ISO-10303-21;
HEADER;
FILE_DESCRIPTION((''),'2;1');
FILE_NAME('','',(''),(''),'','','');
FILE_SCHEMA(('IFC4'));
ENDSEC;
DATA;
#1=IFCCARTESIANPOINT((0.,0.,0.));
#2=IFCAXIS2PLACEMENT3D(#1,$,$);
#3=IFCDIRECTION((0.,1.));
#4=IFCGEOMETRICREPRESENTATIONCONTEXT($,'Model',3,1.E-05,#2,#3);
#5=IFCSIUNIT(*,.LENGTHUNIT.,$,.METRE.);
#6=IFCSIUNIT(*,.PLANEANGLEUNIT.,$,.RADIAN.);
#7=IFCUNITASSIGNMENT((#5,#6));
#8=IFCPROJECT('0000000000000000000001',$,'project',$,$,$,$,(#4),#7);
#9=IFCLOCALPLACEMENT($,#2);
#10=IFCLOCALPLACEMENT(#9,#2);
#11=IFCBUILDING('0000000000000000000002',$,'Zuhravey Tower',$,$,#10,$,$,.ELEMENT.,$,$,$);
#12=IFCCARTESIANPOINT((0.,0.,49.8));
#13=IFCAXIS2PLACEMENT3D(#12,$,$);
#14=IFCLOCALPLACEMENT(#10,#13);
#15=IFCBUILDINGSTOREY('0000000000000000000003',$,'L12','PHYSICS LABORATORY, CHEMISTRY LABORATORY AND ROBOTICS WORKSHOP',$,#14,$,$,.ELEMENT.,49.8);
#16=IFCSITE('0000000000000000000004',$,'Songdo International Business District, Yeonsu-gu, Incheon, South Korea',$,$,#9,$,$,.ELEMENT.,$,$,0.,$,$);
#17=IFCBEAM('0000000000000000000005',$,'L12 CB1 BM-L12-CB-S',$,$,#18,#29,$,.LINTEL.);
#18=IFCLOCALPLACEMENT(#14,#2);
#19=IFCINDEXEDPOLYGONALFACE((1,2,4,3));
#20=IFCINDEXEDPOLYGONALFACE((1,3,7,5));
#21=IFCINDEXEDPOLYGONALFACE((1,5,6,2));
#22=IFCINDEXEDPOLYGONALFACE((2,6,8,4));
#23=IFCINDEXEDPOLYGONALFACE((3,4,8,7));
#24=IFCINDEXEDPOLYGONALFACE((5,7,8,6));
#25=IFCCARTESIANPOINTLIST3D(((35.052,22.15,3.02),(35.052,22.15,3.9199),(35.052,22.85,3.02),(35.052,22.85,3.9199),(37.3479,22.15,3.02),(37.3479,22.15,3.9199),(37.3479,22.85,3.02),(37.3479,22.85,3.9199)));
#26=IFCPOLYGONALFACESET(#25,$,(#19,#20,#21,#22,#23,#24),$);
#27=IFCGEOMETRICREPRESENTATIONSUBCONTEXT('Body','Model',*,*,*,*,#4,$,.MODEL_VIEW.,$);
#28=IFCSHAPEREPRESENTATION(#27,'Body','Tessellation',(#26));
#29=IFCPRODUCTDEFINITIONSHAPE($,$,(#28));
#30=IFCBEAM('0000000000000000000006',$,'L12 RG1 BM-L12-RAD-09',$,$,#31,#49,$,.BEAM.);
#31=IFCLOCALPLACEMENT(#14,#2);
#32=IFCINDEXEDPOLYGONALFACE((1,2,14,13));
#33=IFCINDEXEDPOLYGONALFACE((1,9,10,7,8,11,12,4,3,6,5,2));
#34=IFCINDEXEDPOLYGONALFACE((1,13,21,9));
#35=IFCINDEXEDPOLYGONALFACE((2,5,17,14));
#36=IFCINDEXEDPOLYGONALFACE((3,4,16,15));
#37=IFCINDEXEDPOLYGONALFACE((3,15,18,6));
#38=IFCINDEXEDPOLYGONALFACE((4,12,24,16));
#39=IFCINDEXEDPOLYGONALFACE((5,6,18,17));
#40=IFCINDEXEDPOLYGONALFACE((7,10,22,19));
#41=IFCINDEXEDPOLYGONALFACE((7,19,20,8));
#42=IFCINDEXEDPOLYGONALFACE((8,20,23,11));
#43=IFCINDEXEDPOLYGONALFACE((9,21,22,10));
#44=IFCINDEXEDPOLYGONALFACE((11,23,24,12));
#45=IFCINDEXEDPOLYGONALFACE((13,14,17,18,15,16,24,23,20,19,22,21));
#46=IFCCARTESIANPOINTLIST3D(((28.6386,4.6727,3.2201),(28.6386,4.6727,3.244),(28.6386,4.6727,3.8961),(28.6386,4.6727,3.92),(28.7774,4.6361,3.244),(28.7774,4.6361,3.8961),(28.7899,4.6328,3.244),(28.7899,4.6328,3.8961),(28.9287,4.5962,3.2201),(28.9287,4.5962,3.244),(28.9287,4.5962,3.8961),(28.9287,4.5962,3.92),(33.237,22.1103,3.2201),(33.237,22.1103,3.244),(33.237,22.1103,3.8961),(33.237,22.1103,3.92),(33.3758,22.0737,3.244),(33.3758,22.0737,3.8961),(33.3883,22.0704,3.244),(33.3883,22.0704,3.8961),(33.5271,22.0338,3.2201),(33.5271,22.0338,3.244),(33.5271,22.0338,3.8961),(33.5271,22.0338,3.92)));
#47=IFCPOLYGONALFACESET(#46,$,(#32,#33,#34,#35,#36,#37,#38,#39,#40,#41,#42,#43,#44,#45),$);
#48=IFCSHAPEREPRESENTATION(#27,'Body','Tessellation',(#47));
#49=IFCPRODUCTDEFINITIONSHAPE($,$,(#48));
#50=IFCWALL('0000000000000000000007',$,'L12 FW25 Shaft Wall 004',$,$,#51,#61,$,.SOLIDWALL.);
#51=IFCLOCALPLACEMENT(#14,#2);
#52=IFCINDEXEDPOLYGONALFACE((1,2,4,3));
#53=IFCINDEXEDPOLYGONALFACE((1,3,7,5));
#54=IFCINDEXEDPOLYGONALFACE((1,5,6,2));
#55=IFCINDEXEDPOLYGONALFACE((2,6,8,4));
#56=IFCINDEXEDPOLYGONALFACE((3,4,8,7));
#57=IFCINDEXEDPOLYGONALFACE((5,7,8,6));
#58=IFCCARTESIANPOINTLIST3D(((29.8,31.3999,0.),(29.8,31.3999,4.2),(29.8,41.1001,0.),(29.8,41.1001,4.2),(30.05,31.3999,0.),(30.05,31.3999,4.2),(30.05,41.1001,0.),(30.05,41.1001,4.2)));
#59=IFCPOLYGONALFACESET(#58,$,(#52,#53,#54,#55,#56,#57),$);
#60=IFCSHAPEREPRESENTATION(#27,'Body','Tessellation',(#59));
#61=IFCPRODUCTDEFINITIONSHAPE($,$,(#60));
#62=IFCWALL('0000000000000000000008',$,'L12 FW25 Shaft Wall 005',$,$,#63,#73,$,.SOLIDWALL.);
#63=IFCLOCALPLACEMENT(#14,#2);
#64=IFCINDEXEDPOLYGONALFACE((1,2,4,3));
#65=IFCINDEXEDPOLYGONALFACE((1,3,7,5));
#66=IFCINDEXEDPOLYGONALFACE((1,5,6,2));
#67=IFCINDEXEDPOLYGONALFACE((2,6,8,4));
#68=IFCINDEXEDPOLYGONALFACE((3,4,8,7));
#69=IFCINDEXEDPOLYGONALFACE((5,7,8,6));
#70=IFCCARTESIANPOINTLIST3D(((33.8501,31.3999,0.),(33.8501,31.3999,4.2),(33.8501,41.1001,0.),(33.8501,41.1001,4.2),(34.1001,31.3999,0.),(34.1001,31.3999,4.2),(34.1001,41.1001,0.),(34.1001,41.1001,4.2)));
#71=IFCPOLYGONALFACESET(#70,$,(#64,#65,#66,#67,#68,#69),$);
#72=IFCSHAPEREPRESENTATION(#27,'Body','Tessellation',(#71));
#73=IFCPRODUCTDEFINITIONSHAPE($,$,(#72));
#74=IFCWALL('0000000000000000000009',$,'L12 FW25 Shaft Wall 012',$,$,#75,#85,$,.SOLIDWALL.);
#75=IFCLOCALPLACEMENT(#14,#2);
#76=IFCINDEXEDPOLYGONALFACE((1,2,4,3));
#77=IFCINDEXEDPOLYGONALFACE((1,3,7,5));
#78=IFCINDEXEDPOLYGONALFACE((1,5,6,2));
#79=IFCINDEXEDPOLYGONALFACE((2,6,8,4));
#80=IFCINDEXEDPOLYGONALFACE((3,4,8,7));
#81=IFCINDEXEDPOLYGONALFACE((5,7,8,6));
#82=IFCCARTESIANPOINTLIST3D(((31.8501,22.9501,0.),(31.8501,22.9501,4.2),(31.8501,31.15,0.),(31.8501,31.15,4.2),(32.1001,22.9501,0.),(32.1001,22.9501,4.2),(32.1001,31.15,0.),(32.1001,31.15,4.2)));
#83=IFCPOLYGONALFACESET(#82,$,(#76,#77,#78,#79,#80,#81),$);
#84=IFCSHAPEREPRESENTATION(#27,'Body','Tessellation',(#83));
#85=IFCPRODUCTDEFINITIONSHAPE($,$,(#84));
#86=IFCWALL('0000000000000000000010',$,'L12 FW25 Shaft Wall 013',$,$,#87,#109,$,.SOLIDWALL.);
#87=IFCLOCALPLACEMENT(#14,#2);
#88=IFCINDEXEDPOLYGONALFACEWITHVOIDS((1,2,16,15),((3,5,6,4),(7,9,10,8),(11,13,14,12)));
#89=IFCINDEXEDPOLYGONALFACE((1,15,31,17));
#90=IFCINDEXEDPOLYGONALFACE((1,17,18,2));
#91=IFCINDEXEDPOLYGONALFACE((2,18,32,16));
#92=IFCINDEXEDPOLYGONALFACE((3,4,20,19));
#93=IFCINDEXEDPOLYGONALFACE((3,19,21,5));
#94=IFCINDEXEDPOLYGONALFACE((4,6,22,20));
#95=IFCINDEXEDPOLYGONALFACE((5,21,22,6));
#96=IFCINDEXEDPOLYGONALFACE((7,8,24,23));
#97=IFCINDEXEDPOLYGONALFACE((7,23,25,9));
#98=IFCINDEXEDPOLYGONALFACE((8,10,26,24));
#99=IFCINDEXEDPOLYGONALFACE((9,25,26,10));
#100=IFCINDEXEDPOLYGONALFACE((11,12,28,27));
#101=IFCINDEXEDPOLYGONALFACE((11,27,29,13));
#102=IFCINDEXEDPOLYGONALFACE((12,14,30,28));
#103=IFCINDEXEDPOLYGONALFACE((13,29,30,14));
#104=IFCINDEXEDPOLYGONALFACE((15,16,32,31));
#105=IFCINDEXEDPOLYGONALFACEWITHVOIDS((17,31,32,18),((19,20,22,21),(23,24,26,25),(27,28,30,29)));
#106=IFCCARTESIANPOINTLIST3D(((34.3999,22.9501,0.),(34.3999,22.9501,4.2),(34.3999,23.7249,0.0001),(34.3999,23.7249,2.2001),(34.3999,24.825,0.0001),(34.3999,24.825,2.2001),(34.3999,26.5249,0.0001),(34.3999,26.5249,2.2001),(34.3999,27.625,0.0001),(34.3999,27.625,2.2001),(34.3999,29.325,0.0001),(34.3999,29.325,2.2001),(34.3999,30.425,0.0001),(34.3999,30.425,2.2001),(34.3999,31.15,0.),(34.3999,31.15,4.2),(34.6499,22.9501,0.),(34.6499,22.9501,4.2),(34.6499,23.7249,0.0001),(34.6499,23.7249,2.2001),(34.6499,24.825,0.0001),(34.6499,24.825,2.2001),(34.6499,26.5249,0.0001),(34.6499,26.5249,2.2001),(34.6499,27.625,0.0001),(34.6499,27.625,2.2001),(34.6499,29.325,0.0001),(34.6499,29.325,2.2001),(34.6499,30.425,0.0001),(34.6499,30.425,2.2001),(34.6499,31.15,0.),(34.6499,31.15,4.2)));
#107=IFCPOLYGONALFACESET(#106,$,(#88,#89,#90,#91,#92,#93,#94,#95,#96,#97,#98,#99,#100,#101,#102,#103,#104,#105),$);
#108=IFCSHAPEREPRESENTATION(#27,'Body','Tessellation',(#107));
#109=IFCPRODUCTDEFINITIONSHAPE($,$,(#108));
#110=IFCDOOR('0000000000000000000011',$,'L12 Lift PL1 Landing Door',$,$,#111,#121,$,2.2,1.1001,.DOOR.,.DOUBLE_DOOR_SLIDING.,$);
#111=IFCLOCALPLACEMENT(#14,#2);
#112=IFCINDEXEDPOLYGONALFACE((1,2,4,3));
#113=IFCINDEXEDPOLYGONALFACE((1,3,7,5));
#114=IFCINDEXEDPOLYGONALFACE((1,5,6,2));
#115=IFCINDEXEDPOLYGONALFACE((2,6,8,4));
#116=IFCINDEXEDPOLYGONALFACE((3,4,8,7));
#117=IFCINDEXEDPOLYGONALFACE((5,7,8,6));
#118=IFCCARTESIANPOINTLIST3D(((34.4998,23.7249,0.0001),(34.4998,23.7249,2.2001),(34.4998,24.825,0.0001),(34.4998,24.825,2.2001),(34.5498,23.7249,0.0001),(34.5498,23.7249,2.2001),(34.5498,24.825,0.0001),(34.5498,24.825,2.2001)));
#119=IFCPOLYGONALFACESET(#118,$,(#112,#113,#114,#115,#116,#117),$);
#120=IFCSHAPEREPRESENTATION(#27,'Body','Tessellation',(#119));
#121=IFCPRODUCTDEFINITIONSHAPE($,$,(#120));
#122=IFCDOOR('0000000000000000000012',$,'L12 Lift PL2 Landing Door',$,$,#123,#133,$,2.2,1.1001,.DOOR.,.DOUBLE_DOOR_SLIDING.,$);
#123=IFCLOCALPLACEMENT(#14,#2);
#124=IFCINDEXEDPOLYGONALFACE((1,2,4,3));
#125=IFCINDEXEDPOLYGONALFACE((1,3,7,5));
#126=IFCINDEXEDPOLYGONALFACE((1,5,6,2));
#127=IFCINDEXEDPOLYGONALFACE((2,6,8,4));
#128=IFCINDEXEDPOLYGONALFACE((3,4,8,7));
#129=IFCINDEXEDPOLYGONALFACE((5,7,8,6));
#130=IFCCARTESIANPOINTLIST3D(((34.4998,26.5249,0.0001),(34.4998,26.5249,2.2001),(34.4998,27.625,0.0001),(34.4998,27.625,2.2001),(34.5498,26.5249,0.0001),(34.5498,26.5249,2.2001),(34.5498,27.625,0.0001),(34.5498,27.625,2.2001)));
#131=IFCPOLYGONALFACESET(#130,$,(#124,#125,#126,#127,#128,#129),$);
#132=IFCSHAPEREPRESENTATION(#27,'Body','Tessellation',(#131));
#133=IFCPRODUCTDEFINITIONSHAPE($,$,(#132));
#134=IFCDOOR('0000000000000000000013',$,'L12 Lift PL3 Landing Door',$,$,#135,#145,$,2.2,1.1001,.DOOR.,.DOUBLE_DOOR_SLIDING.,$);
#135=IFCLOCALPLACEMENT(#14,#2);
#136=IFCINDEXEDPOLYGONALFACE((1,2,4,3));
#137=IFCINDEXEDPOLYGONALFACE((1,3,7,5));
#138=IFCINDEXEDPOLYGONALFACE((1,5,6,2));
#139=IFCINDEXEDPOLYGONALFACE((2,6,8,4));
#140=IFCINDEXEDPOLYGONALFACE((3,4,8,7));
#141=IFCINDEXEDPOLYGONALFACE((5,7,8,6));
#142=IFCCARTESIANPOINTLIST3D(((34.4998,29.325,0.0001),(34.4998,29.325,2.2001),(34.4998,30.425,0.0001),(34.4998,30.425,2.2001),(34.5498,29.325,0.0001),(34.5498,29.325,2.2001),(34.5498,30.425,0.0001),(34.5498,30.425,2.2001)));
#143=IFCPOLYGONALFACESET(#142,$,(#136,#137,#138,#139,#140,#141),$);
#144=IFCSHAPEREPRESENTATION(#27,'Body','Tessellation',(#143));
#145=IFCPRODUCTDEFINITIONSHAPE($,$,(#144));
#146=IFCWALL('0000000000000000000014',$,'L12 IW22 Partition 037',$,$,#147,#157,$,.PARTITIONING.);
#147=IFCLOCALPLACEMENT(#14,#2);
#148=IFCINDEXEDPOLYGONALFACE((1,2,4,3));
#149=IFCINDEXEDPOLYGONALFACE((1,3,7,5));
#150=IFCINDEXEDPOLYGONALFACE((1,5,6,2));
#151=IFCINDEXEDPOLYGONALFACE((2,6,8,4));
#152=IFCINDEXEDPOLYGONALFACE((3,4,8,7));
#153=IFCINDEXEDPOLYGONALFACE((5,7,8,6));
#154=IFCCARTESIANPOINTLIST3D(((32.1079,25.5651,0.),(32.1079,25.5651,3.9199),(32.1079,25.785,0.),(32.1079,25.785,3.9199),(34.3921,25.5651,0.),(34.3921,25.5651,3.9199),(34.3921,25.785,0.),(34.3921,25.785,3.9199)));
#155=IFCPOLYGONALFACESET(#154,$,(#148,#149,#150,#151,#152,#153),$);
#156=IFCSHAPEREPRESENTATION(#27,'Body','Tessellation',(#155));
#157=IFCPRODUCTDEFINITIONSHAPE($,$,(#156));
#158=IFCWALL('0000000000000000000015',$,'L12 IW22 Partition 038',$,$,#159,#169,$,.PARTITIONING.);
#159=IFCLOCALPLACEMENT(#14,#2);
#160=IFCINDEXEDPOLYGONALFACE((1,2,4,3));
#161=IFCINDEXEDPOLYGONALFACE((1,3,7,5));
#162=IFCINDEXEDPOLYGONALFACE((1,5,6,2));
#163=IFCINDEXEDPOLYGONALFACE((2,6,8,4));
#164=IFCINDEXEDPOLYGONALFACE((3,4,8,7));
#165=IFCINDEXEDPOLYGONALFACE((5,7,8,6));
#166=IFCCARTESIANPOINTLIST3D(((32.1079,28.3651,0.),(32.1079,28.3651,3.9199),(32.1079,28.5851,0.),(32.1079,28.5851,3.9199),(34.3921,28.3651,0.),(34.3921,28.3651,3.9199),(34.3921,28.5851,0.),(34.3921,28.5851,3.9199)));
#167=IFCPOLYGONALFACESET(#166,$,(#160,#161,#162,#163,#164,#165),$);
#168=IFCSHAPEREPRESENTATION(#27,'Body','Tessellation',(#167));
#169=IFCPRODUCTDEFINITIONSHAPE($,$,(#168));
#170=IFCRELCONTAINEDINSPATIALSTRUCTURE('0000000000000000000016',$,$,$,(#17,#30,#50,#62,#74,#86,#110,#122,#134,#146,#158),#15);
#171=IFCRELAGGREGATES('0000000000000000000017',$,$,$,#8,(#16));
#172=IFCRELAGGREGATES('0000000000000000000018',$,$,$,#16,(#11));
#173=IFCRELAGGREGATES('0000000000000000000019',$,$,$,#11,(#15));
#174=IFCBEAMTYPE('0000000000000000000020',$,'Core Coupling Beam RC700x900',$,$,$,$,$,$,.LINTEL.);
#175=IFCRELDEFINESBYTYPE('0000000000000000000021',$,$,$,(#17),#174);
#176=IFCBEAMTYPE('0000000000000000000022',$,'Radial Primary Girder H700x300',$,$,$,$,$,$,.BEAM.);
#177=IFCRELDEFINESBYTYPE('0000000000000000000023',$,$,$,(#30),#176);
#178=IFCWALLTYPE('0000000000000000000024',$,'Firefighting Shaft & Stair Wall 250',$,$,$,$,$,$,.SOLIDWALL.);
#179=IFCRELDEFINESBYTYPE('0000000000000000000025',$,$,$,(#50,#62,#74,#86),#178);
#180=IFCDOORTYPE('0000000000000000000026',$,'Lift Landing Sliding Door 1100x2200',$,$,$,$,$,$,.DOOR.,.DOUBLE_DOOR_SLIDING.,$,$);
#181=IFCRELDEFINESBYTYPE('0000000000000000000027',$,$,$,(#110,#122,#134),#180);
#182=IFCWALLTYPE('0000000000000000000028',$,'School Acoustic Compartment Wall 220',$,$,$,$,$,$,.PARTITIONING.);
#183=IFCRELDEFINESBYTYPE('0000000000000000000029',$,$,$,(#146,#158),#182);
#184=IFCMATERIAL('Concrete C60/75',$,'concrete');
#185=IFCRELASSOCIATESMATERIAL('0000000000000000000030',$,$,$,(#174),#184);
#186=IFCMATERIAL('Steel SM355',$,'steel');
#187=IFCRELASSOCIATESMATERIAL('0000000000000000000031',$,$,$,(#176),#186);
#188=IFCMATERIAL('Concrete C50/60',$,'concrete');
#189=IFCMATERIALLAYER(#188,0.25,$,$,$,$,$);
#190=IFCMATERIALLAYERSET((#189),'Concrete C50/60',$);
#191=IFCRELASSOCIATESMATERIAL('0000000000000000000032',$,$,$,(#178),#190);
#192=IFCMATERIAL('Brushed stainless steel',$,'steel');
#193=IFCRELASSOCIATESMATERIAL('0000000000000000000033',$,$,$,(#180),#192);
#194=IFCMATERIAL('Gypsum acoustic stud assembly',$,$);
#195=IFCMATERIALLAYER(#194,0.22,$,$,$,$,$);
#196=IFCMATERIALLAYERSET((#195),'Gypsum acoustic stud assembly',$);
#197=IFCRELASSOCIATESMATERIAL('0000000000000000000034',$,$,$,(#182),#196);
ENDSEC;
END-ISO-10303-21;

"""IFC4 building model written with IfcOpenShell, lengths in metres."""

from ifc_helpers import new_model, si_unit, direction, frame, frame_2d, origin, origin_2d, place, context, subcontext, project, spatial, rectangle, i_section, extrude, material, layer, layer_set, material_profile, profile_set, type_object, element, fill, save


model = new_model("IFC4")

# Units and contexts
model_context = context("Model", 3, precision=1e-05, world=origin(), true_north=direction((0.0, 1.0)))
body_context = subcontext(model_context, "Body", "Model", "MODEL_VIEW")
ifc_project = project(units=[si_unit("LENGTHUNIT", "METRE"), si_unit("PLANEANGLEUNIT", "RADIAN")], contexts=[model_context])

# Site, building, storey
site_placement = place(None, origin())
site = spatial("IfcSite", under=ifc_project, at=site_placement, Name="Songdo International Business District, Yeonsu-gu, Incheon, South Korea", CompositionType="ELEMENT", RefElevation=0.0)
building_placement = place(site_placement, origin())
building = spatial("IfcBuilding", under=site, at=building_placement, Name="Zuhravey Tower", CompositionType="ELEMENT")
storey_placement = place(building_placement, frame((0.0, 0.0, 49.8)))
storey = spatial("IfcBuildingStorey", under=building, at=storey_placement, Name="L12", Description="PHYSICS LABORATORY, CHEMISTRY LABORATORY AND ROBOTICS WORKSHOP", CompositionType="ELEMENT", Elevation=49.8)

# Beams
ifc_material_1 = material(Name="Concrete C60/75", Category="concrete")
ifc_material_profile_1 = material_profile(ifc_material_1, rectangle(XDim=0.7, YDim=0.8999, at=origin_2d()), Name="RC-700x900")
ifc_profile_set_1 = profile_set([ifc_material_profile_1], Name="Concrete C60/75")
beam_type_1 = type_object("IfcBeamType", Name="Core Coupling Beam RC700x900", PredefinedType="LINTEL", material=ifc_profile_set_1)
beam_1_placement = place(storey_placement, frame((35.052, 22.5, 3.47), z_axis=(1.0, 0.0, 0.0), x_axis=(0.0, 1.0, 0.0)))
element("IfcBeam", 1, at=beam_1_placement, inside=storey, type_object=beam_type_1, Name="L12 CB1 BM-L12-CB-S", PredefinedType="LINTEL", context=body_context, shape_type="SweptSolid", body=[
    extrude(rectangle(XDim=0.7, YDim=0.8999, at=origin_2d()), origin(), (0.0, 0.0, 1.0), 2.2959),
])
ifc_material_2 = material(Name="Steel SM355", Category="steel")
ifc_material_profile_2 = material_profile(ifc_material_2, i_section(OverallWidth=0.3, OverallDepth=0.7, WebThickness=0.0129, FlangeThickness=0.0239, at=origin_2d()), Name="H-700x300x13x24")
ifc_profile_set_2 = profile_set([ifc_material_profile_2], Name="Steel SM355")
beam_type_2 = type_object("IfcBeamType", Name="Radial Primary Girder H700x300", PredefinedType="BEAM", material=ifc_profile_set_2)
beam_2_placement = place(storey_placement, frame((33.3821, 22.072, 3.5701), z_axis=(-0.25499, -0.966944, 0.0), x_axis=(0.966944, -0.25499, 0.0)))
element("IfcBeam", 2, at=beam_2_placement, inside=storey, type_object=beam_type_2, Name="L12 RG1 BM-L12-RAD-09", PredefinedType="BEAM", context=body_context, shape_type="SweptSolid", body=[
    extrude(i_section(OverallWidth=0.3, OverallDepth=0.7, WebThickness=0.0129, FlangeThickness=0.0239, at=origin_2d()), origin(), (0.0, 0.0, 1.0), 18.0337),
])

# Shared definitions
ifc_material_3 = material(Name="Concrete C50/60", Category="concrete")
ifc_layer_1 = layer(ifc_material_3, 0.25)
ifc_layer_set_1 = layer_set([ifc_layer_1], Name="Concrete C50/60")
wall_type_1 = type_object("IfcWallType", Name="Firefighting Shaft & Stair Wall 250", PredefinedType="SOLIDWALL", material=ifc_layer_set_1)

# Walls
for number, where, z_axis, x_axis, name in (
    (3, (29.925, 31.3999, 0.0), (0.0, 0.0, 1.0), (0.0, 1.0, 0.0), "L12 FW25 Shaft Wall 004"),
    (4, (33.9751, 31.3999, 0.0), (0.0, 0.0, 1.0), (0.0, 1.0, 0.0), "L12 FW25 Shaft Wall 005"),
):
    element("IfcWall", number, at=place(storey_placement, frame(where, z_axis=z_axis, x_axis=x_axis)), inside=storey, type_object=wall_type_1, Name=name, PredefinedType="SOLIDWALL", context=body_context, shape_type="SweptSolid", body=[
        extrude(rectangle(XDim=9.7002, YDim=0.25, at=frame_2d((4.8501, 0.0))), origin(), (0.0, 0.0, 1.0), 4.2),
    ])
wall_1_placement = place(storey_placement, frame((31.9751, 22.95, 0.0), z_axis=(0.0, 0.0, 1.0), x_axis=(0.0, 1.0, 0.0)))
element("IfcWall", 5, at=wall_1_placement, inside=storey, type_object=wall_type_1, Name="L12 FW25 Shaft Wall 012", PredefinedType="SOLIDWALL", context=body_context, shape_type="SweptSolid", body=[
    extrude(rectangle(XDim=8.2, YDim=0.25, at=frame_2d((4.1001, 0.0))), origin(), (0.0, 0.0, 1.0), 4.2),
])

# Wall, openings, doors
wall_2_placement = place(storey_placement, frame((34.5249, 22.95, 0.0), z_axis=(0.0, 0.0, 1.0), x_axis=(0.0, 1.0, 0.0)))
wall_2 = element("IfcWall", 6, at=wall_2_placement, inside=storey, type_object=wall_type_1, Name="L12 FW25 Shaft Wall 013", PredefinedType="SOLIDWALL", context=body_context, shape_type="SweptSolid", body=[
    extrude(rectangle(XDim=8.2, YDim=0.25, at=frame_2d((4.1001, 0.0))), origin(), (0.0, 0.0, 1.0), 4.2),
])
opening_1_placement = place(wall_2_placement, frame((0.7749, 0.0, 0.0)))
opening_1 = element("IfcOpeningElement", 7, at=opening_1_placement, cuts=wall_2, PredefinedType="OPENING", context=body_context, shape_type="SweptSolid", body=[
    extrude(rectangle(XDim=1.1001, YDim=2.2, at=frame_2d((0.55, 1.1001))), frame((0.0, 0.137, 0.0), z_axis=(0.0, -1.0, 0.0), x_axis=(1.0, 0.0, 0.0)), (0.0, 0.0, 1.0), 0.2739),
])
opening_2_placement = place(wall_2_placement, frame((3.575, 0.0, 0.0)))
opening_2 = element("IfcOpeningElement", 8, at=opening_2_placement, cuts=wall_2, PredefinedType="OPENING", context=body_context, shape_type="SweptSolid", body=[
    extrude(rectangle(XDim=1.1001, YDim=2.2, at=frame_2d((0.55, 1.1001))), frame((0.0, 0.137, 0.0), z_axis=(0.0, -1.0, 0.0), x_axis=(1.0, 0.0, 0.0)), (0.0, 0.0, 1.0), 0.2739),
])
opening_3_placement = place(wall_2_placement, frame((6.375, 0.0, 0.0)))
opening_3 = element("IfcOpeningElement", 9, at=opening_3_placement, cuts=wall_2, PredefinedType="OPENING", context=body_context, shape_type="SweptSolid", body=[
    extrude(rectangle(XDim=1.1001, YDim=2.2, at=frame_2d((0.55, 1.1001))), frame((0.0, 0.137, 0.0), z_axis=(0.0, -1.0, 0.0), x_axis=(1.0, 0.0, 0.0)), (0.0, 0.0, 1.0), 0.2739),
])
ifc_material_4 = material(Name="Brushed stainless steel", Category="steel")
door_type_1 = type_object("IfcDoorType", Name="Lift Landing Sliding Door 1100x2200", OperationType="DOUBLE_DOOR_SLIDING", PredefinedType="DOOR", material=ifc_material_4)
door_1_placement = place(opening_1_placement, frame((1.1001, 0.0, 0.0), z_axis=(0.0, 0.0, 1.0), x_axis=(-1.0, 0.0, 0.0)))
door_1 = element("IfcDoor", 10, at=door_1_placement, inside=storey, type_object=door_type_1, Name="L12 Lift PL1 Landing Door", OperationType="DOUBLE_DOOR_SLIDING", OverallHeight=2.2, OverallWidth=1.1001, PredefinedType="DOOR", context=body_context, shape_type="SweptSolid", body=[
    extrude(rectangle(XDim=1.1001, YDim=2.2, at=frame_2d((0.55, 1.1001))), frame((0.0, 0.0249, 0.0), z_axis=(0.0, -1.0, 0.0), x_axis=(1.0, 0.0, 0.0)), (0.0, 0.0, 1.0), 0.05),
])
fill(opening_1, door_1)
door_2_placement = place(opening_2_placement, frame((1.1001, 0.0, 0.0), z_axis=(0.0, 0.0, 1.0), x_axis=(-1.0, 0.0, 0.0)))
door_2 = element("IfcDoor", 11, at=door_2_placement, inside=storey, type_object=door_type_1, Name="L12 Lift PL2 Landing Door", OperationType="DOUBLE_DOOR_SLIDING", OverallHeight=2.2, OverallWidth=1.1001, PredefinedType="DOOR", context=body_context, shape_type="SweptSolid", body=[
    extrude(rectangle(XDim=1.1001, YDim=2.2, at=frame_2d((0.55, 1.1001))), frame((0.0, 0.0249, 0.0), z_axis=(0.0, -1.0, 0.0), x_axis=(1.0, 0.0, 0.0)), (0.0, 0.0, 1.0), 0.05),
])
fill(opening_2, door_2)
door_3_placement = place(opening_3_placement, frame((1.1001, 0.0, 0.0), z_axis=(0.0, 0.0, 1.0), x_axis=(-1.0, 0.0, 0.0)))
door_3 = element("IfcDoor", 12, at=door_3_placement, inside=storey, type_object=door_type_1, Name="L12 Lift PL3 Landing Door", OperationType="DOUBLE_DOOR_SLIDING", OverallHeight=2.2, OverallWidth=1.1001, PredefinedType="DOOR", context=body_context, shape_type="SweptSolid", body=[
    extrude(rectangle(XDim=1.1001, YDim=2.2, at=frame_2d((0.55, 1.1001))), frame((0.0, 0.0249, 0.0), z_axis=(0.0, -1.0, 0.0), x_axis=(1.0, 0.0, 0.0)), (0.0, 0.0, 1.0), 0.05),
])
fill(opening_3, door_3)

# Walls
ifc_material_5 = material(Name="Gypsum acoustic stud assembly")
ifc_layer_2 = layer(ifc_material_5, 0.22)
ifc_layer_set_2 = layer_set([ifc_layer_2], Name="Gypsum acoustic stud assembly")
wall_type_2 = type_object("IfcWallType", Name="School Acoustic Compartment Wall 220", PredefinedType="PARTITIONING", material=ifc_layer_set_2)
for number, where, z_axis, x_axis, name in (
    (13, (32.1079, 25.675, 0.0), (0.0, 0.0, 1.0), (1.0, 0.0, 0.0), "L12 IW22 Partition 037"),
    (14, (32.1079, 28.4751, 0.0), (0.0, 0.0, 1.0), (1.0, 0.0, 0.0), "L12 IW22 Partition 038"),
):
    element("IfcWall", number, at=place(storey_placement, frame(where, z_axis=z_axis, x_axis=x_axis)), inside=storey, type_object=wall_type_2, Name=name, PredefinedType="PARTITIONING", context=body_context, shape_type="SweptSolid", body=[
        extrude(rectangle(XDim=2.2842, YDim=0.22, at=frame_2d((1.1421, 0.0))), origin(), (0.0, 0.0, 1.0), 3.9199),
    ])

save(model, "model.ifc")
